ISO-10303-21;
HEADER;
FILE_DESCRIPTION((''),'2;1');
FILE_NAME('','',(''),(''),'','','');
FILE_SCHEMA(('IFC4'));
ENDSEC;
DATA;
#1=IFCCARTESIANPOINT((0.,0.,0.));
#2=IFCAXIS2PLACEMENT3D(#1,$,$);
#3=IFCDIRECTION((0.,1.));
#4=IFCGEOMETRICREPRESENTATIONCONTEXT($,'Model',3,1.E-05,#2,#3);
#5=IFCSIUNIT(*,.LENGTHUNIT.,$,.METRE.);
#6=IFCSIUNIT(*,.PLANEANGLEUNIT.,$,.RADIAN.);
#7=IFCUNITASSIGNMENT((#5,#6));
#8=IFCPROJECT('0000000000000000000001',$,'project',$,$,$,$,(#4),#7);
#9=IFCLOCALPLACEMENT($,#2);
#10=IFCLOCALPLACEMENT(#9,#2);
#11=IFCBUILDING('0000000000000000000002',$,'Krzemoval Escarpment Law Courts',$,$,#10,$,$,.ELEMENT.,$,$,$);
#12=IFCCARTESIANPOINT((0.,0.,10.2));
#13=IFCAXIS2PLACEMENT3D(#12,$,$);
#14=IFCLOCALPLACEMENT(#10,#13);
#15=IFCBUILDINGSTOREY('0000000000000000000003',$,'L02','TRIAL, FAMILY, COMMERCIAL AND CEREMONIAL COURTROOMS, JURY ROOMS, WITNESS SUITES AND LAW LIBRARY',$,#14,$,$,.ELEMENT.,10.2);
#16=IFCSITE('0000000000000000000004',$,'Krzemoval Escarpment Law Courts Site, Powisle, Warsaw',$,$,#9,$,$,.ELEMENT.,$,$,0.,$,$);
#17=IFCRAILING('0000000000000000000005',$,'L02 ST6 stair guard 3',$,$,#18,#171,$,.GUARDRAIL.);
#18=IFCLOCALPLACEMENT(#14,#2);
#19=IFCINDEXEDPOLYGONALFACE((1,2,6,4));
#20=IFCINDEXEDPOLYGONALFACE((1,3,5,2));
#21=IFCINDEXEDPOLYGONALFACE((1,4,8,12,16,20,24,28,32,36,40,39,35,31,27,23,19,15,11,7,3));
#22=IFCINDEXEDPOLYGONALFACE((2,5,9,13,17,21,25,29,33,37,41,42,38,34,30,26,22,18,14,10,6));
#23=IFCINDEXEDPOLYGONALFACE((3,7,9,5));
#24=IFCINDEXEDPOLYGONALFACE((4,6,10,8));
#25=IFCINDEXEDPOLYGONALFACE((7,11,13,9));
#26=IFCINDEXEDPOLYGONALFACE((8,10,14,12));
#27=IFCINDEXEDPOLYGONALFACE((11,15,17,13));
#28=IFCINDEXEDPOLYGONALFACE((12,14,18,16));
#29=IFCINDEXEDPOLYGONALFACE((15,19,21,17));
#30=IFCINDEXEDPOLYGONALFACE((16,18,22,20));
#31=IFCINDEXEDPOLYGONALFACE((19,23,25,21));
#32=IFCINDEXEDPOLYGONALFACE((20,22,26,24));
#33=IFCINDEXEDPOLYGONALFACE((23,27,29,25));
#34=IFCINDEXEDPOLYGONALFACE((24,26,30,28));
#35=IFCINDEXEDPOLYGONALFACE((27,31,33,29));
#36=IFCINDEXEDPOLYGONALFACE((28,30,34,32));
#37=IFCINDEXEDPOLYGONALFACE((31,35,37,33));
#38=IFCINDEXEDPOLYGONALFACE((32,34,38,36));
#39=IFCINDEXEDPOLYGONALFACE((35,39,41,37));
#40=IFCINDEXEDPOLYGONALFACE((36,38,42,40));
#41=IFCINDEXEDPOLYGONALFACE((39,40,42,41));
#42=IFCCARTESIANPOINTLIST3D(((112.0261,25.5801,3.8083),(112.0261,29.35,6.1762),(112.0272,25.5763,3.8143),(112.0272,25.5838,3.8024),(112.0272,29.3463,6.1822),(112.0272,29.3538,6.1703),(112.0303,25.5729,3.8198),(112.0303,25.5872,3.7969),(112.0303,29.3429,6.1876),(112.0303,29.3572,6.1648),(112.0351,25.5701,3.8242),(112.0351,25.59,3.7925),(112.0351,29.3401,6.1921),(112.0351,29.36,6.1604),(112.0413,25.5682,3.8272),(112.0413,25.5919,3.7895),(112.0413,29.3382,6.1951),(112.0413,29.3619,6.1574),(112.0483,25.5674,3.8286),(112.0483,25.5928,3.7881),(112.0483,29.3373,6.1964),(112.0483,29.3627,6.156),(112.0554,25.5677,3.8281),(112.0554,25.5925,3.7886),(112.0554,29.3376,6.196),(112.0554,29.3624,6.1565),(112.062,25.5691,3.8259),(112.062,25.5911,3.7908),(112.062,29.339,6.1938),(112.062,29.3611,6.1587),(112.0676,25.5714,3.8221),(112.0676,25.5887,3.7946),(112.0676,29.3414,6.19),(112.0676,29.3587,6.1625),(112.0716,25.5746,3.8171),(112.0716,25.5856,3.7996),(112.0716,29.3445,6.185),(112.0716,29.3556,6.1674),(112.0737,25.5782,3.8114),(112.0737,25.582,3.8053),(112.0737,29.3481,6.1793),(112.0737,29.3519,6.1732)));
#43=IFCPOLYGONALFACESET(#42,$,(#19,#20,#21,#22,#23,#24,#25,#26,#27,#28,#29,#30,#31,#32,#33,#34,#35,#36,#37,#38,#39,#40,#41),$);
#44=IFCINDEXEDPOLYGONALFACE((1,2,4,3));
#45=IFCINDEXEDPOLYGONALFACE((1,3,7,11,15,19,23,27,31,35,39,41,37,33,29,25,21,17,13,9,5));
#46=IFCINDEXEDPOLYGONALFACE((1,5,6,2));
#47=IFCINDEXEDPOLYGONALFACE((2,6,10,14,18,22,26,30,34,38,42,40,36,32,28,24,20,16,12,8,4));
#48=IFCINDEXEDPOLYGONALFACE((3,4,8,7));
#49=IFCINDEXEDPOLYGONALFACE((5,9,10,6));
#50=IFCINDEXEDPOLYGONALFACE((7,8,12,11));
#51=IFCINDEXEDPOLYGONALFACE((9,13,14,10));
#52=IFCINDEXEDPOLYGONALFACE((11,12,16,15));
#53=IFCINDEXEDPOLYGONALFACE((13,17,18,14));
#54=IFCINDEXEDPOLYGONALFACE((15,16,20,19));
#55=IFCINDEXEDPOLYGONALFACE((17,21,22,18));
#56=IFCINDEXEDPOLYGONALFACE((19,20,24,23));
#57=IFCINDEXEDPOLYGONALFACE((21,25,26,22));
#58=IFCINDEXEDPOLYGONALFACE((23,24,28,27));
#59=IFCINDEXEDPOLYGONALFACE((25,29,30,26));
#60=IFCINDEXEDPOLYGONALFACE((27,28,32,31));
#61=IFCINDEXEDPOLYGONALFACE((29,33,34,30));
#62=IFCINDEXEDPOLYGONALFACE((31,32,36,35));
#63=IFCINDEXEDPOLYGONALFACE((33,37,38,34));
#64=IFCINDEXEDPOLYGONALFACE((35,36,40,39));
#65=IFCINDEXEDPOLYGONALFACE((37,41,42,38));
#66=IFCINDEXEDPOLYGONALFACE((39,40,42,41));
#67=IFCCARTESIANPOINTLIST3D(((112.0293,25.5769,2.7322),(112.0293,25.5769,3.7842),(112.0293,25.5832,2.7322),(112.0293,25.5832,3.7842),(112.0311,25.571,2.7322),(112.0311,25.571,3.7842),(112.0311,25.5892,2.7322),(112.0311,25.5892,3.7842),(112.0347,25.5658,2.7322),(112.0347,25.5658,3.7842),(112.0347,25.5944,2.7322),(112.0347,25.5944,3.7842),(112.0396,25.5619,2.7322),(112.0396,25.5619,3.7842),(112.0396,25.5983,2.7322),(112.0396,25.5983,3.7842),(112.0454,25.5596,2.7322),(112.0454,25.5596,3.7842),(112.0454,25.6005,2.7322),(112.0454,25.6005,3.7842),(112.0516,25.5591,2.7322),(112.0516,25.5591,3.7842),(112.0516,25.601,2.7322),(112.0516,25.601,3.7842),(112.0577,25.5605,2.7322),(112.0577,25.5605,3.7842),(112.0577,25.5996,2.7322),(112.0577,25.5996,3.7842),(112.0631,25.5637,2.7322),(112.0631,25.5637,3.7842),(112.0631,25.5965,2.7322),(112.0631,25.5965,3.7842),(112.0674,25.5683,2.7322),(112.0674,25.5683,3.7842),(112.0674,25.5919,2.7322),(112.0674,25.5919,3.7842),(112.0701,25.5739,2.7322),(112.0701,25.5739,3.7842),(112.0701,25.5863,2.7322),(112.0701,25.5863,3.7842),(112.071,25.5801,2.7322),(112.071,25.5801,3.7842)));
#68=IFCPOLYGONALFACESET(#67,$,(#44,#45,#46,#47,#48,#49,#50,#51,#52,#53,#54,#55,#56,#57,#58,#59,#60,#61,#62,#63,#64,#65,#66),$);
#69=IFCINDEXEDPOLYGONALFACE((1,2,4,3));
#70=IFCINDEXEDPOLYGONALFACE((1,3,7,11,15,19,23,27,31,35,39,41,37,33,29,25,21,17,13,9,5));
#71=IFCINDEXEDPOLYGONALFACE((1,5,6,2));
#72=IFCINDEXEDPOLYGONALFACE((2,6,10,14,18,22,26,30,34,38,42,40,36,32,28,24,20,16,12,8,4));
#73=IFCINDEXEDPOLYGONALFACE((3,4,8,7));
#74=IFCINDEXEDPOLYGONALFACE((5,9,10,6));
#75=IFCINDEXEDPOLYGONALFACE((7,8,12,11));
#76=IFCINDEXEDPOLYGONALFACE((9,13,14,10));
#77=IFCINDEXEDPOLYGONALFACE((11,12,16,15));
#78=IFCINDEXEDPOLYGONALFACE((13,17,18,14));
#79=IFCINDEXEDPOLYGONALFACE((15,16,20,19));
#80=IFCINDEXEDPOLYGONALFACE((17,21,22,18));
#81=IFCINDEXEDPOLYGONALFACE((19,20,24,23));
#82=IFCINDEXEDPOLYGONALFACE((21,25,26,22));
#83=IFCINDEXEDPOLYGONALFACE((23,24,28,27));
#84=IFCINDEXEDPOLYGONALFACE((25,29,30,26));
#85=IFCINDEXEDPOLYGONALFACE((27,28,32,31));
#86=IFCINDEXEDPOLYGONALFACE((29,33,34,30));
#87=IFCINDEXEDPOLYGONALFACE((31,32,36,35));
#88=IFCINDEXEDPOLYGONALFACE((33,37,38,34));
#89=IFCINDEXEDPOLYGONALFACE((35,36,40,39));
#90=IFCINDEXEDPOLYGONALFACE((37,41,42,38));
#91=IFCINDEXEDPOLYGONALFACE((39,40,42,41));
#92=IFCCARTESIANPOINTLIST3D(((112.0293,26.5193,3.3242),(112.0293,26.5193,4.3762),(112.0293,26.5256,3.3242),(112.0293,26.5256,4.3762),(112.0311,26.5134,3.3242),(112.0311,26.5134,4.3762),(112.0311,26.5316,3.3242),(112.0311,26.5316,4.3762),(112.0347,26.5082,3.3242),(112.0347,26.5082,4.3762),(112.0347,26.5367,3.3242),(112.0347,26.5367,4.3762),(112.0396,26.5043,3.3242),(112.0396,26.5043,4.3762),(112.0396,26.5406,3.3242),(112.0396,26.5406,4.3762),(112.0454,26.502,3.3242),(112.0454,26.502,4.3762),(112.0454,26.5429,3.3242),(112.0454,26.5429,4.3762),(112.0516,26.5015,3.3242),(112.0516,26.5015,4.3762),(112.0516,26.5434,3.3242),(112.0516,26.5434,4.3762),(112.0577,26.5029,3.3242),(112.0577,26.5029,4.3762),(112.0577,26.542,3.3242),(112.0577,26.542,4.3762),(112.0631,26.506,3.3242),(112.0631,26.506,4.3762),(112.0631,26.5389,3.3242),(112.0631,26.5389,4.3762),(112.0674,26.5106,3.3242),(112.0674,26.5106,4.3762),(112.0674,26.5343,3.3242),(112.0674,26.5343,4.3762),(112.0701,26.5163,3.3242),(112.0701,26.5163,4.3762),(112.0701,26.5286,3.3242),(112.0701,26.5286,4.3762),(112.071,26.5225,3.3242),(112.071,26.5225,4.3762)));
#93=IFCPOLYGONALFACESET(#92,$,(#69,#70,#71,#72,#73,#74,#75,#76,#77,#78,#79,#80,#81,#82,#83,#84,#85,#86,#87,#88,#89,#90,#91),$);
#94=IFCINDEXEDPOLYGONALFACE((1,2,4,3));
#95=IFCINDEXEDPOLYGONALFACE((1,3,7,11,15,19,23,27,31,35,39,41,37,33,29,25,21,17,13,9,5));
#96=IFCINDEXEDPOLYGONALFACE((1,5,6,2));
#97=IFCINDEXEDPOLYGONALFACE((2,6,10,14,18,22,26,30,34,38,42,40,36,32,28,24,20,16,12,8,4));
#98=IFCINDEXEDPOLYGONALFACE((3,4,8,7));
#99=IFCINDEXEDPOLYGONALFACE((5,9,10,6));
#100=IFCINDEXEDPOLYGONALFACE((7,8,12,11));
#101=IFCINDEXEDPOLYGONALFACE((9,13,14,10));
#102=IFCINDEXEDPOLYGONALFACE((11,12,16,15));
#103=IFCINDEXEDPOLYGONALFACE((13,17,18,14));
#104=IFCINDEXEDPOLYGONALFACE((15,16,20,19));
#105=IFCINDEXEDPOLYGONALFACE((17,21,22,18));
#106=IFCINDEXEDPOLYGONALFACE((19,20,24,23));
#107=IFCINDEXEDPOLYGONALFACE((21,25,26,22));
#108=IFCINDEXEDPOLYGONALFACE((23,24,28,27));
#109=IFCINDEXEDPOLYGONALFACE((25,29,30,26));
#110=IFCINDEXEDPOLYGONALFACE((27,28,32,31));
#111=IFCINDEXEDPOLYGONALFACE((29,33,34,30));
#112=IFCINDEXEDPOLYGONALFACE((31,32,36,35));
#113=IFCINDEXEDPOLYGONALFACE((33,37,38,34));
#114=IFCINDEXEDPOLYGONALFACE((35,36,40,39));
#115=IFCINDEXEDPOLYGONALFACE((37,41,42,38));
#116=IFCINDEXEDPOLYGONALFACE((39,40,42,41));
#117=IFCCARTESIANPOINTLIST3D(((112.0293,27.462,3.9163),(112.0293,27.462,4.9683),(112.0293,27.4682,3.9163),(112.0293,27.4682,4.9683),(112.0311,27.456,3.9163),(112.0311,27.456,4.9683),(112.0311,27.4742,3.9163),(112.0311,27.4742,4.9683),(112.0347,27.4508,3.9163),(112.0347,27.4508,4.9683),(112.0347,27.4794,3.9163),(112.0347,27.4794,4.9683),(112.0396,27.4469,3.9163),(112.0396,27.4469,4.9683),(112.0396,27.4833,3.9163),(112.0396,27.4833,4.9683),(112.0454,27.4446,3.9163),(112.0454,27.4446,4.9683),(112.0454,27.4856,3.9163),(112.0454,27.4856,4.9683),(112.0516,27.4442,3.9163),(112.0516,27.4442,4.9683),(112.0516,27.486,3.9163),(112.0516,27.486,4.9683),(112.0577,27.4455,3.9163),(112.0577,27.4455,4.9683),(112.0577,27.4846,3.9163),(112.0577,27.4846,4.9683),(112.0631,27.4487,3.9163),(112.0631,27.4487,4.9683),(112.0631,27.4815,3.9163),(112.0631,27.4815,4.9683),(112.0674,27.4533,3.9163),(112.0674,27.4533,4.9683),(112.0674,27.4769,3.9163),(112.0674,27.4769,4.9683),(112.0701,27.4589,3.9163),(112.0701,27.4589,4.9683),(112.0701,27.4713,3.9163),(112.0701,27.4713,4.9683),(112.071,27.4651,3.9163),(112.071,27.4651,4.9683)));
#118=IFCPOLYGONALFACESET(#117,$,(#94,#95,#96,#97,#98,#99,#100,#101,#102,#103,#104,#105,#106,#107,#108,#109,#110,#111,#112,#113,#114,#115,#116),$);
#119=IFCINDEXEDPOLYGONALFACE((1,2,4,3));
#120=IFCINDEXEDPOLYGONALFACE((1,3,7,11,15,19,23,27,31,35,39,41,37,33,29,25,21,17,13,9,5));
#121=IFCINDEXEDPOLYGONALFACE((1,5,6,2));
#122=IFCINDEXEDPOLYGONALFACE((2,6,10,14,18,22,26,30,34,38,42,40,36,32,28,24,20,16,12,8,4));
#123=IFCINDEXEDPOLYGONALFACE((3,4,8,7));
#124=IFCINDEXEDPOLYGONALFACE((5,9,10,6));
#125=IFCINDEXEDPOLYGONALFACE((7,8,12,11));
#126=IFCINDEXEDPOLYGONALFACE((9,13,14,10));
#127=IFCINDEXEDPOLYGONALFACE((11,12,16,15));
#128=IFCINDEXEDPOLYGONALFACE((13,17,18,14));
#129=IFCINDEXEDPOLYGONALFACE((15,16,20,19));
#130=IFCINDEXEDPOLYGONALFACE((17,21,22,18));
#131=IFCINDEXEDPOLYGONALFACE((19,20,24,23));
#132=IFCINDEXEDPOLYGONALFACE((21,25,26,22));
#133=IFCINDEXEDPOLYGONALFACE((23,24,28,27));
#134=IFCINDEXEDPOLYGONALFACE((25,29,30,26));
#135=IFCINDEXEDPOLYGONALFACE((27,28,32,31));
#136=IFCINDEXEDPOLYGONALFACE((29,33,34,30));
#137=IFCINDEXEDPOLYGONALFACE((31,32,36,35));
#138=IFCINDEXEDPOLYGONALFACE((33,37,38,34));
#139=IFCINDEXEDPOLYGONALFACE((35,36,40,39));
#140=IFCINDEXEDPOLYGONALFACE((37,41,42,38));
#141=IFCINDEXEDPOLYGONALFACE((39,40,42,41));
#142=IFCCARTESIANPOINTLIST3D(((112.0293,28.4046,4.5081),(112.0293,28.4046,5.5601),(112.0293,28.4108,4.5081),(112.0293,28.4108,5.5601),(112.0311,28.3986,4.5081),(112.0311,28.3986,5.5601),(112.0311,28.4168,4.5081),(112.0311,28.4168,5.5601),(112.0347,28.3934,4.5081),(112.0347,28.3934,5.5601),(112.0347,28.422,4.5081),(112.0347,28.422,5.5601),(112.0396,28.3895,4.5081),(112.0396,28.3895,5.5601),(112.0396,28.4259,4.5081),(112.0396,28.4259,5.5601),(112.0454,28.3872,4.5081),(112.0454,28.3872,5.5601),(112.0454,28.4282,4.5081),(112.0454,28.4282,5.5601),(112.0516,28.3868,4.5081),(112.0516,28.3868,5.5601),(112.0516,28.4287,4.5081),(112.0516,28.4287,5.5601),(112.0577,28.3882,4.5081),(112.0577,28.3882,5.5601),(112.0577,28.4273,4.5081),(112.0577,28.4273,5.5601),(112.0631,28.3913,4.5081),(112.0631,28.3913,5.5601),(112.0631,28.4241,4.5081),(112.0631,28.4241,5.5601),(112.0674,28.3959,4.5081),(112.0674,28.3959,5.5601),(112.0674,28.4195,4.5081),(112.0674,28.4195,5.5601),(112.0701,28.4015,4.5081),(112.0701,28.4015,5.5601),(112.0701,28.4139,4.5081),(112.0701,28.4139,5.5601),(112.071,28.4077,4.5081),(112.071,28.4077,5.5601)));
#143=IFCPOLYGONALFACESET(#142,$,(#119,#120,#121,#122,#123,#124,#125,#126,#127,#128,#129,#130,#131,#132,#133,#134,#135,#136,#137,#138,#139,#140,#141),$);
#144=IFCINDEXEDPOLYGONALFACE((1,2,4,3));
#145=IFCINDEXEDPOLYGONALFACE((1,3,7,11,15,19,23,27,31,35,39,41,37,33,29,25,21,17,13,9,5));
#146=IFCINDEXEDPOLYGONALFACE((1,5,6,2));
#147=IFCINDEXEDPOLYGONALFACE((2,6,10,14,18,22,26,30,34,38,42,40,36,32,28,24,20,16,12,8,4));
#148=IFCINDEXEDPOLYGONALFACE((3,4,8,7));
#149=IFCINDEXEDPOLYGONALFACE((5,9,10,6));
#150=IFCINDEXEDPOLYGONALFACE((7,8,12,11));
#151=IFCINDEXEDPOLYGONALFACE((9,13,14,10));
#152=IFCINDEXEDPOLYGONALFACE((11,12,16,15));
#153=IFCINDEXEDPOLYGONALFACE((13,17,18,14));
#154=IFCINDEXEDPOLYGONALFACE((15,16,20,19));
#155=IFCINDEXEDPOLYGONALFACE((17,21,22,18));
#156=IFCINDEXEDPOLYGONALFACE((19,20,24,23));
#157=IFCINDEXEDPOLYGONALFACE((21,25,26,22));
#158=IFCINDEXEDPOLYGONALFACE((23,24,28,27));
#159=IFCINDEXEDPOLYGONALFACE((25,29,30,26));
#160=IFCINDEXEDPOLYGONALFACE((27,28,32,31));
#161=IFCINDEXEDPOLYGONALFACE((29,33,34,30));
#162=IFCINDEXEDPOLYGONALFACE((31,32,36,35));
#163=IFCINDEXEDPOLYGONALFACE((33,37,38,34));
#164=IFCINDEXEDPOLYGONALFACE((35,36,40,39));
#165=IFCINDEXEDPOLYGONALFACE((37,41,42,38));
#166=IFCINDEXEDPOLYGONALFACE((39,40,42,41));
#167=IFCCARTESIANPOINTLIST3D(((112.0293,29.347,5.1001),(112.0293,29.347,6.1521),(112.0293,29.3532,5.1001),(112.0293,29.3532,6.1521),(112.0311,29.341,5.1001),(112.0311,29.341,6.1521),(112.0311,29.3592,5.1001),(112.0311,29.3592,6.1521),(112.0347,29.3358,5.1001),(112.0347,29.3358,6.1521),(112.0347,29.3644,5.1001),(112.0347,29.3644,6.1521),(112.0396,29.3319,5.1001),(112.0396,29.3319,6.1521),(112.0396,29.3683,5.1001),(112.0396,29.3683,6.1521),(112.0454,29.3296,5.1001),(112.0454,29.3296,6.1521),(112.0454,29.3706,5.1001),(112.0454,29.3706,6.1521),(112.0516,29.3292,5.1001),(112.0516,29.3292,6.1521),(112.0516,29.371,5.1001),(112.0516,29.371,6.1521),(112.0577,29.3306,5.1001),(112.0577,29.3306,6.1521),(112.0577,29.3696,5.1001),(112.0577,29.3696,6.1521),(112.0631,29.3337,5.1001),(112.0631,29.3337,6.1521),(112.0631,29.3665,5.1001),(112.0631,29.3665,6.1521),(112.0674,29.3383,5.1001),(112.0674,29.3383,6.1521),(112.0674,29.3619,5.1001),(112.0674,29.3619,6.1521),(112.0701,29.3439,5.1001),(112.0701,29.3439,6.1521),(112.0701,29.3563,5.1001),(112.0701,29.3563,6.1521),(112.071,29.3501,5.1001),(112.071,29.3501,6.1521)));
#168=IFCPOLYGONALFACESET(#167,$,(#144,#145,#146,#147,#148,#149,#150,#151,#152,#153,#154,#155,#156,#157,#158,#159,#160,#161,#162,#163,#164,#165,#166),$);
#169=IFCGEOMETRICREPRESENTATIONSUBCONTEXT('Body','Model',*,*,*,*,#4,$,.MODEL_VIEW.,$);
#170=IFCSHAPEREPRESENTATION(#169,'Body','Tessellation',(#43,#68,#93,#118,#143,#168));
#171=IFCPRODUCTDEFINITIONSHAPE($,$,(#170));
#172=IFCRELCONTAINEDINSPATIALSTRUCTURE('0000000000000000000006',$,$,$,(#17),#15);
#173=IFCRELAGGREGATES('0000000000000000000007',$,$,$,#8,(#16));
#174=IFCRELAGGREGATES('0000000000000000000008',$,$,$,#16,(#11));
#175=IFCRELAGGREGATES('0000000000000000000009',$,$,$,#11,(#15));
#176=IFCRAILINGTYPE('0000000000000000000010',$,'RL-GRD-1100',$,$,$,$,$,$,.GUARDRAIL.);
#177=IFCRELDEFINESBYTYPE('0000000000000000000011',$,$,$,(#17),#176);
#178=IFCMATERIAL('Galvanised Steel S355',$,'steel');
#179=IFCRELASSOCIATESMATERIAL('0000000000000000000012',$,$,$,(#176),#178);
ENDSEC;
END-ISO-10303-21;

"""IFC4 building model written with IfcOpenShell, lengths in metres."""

from ifc_helpers import new_model, si_unit, direction, frame, origin, origin_2d, place, context, subcontext, project, spatial, circle, extrude, material, type_object, element, save


model = new_model("IFC4")

# Units and contexts
model_context = context("Model", 3, precision=1e-05, world=origin(), true_north=direction((0.0, 1.0)))
body_context = subcontext(model_context, "Body", "Model", "MODEL_VIEW")
ifc_project = project(units=[si_unit("LENGTHUNIT", "METRE"), si_unit("PLANEANGLEUNIT", "RADIAN")], contexts=[model_context])

# Site, building, storey
site_placement = place(None, origin())
site = spatial("IfcSite", under=ifc_project, at=site_placement, Name="Krzemoval Escarpment Law Courts Site, Powisle, Warsaw", CompositionType="ELEMENT", RefElevation=0.0)
building_placement = place(site_placement, origin())
building = spatial("IfcBuilding", under=site, at=building_placement, Name="Krzemoval Escarpment Law Courts", CompositionType="ELEMENT")
storey_placement = place(building_placement, frame((0.0, 0.0, 10.2)))
storey = spatial("IfcBuildingStorey", under=building, at=storey_placement, Name="L02", Description="TRIAL, FAMILY, COMMERCIAL AND CEREMONIAL COURTROOMS, JURY ROOMS, WITNESS SUITES AND LAW LIBRARY", CompositionType="ELEMENT", Elevation=10.2)

# Railing
ifc_material_1 = material(Name="Galvanised Steel S355", Category="steel")
railing_type = type_object("IfcRailingType", Name="RL-GRD-1100", PredefinedType="GUARDRAIL", material=ifc_material_1)
railing_1_placement = place(storey_placement, frame((112.05, 25.5801, 2.7322)))
element("IfcRailing", 1, at=railing_1_placement, inside=storey, type_object=railing_type, Name="L02 ST6 stair guard 3", PredefinedType="GUARDRAIL", context=body_context, shape_type="SweptSolid", body=[
    extrude(circle(Radius=0.0239, at=origin_2d()), frame((0.0, 0.0, 1.0762), z_axis=(0.0, 0.846819, 0.531881), x_axis=(-1.0, 0.0, 0.0)), (0.0, 0.0, 1.0), 4.4519),
    extrude(circle(Radius=0.021, at=origin_2d()), origin(), (0.0, 0.0, 1.0), 1.052),
    extrude(circle(Radius=0.021, at=origin_2d()), frame((0.0, 0.9424, 0.592)), (0.0, 0.0, 1.0), 1.052),
    extrude(circle(Radius=0.021, at=origin_2d()), frame((0.0, 1.885, 1.1841)), (0.0, 0.0, 1.0), 1.052),
    extrude(circle(Radius=0.021, at=origin_2d()), frame((0.0, 2.8276, 1.7759)), (0.0, 0.0, 1.0), 1.052),
    extrude(circle(Radius=0.021, at=origin_2d()), frame((0.0, 3.77, 2.3679)), (0.0, 0.0, 1.0), 1.052),
])

save(model, "model.ifc")
